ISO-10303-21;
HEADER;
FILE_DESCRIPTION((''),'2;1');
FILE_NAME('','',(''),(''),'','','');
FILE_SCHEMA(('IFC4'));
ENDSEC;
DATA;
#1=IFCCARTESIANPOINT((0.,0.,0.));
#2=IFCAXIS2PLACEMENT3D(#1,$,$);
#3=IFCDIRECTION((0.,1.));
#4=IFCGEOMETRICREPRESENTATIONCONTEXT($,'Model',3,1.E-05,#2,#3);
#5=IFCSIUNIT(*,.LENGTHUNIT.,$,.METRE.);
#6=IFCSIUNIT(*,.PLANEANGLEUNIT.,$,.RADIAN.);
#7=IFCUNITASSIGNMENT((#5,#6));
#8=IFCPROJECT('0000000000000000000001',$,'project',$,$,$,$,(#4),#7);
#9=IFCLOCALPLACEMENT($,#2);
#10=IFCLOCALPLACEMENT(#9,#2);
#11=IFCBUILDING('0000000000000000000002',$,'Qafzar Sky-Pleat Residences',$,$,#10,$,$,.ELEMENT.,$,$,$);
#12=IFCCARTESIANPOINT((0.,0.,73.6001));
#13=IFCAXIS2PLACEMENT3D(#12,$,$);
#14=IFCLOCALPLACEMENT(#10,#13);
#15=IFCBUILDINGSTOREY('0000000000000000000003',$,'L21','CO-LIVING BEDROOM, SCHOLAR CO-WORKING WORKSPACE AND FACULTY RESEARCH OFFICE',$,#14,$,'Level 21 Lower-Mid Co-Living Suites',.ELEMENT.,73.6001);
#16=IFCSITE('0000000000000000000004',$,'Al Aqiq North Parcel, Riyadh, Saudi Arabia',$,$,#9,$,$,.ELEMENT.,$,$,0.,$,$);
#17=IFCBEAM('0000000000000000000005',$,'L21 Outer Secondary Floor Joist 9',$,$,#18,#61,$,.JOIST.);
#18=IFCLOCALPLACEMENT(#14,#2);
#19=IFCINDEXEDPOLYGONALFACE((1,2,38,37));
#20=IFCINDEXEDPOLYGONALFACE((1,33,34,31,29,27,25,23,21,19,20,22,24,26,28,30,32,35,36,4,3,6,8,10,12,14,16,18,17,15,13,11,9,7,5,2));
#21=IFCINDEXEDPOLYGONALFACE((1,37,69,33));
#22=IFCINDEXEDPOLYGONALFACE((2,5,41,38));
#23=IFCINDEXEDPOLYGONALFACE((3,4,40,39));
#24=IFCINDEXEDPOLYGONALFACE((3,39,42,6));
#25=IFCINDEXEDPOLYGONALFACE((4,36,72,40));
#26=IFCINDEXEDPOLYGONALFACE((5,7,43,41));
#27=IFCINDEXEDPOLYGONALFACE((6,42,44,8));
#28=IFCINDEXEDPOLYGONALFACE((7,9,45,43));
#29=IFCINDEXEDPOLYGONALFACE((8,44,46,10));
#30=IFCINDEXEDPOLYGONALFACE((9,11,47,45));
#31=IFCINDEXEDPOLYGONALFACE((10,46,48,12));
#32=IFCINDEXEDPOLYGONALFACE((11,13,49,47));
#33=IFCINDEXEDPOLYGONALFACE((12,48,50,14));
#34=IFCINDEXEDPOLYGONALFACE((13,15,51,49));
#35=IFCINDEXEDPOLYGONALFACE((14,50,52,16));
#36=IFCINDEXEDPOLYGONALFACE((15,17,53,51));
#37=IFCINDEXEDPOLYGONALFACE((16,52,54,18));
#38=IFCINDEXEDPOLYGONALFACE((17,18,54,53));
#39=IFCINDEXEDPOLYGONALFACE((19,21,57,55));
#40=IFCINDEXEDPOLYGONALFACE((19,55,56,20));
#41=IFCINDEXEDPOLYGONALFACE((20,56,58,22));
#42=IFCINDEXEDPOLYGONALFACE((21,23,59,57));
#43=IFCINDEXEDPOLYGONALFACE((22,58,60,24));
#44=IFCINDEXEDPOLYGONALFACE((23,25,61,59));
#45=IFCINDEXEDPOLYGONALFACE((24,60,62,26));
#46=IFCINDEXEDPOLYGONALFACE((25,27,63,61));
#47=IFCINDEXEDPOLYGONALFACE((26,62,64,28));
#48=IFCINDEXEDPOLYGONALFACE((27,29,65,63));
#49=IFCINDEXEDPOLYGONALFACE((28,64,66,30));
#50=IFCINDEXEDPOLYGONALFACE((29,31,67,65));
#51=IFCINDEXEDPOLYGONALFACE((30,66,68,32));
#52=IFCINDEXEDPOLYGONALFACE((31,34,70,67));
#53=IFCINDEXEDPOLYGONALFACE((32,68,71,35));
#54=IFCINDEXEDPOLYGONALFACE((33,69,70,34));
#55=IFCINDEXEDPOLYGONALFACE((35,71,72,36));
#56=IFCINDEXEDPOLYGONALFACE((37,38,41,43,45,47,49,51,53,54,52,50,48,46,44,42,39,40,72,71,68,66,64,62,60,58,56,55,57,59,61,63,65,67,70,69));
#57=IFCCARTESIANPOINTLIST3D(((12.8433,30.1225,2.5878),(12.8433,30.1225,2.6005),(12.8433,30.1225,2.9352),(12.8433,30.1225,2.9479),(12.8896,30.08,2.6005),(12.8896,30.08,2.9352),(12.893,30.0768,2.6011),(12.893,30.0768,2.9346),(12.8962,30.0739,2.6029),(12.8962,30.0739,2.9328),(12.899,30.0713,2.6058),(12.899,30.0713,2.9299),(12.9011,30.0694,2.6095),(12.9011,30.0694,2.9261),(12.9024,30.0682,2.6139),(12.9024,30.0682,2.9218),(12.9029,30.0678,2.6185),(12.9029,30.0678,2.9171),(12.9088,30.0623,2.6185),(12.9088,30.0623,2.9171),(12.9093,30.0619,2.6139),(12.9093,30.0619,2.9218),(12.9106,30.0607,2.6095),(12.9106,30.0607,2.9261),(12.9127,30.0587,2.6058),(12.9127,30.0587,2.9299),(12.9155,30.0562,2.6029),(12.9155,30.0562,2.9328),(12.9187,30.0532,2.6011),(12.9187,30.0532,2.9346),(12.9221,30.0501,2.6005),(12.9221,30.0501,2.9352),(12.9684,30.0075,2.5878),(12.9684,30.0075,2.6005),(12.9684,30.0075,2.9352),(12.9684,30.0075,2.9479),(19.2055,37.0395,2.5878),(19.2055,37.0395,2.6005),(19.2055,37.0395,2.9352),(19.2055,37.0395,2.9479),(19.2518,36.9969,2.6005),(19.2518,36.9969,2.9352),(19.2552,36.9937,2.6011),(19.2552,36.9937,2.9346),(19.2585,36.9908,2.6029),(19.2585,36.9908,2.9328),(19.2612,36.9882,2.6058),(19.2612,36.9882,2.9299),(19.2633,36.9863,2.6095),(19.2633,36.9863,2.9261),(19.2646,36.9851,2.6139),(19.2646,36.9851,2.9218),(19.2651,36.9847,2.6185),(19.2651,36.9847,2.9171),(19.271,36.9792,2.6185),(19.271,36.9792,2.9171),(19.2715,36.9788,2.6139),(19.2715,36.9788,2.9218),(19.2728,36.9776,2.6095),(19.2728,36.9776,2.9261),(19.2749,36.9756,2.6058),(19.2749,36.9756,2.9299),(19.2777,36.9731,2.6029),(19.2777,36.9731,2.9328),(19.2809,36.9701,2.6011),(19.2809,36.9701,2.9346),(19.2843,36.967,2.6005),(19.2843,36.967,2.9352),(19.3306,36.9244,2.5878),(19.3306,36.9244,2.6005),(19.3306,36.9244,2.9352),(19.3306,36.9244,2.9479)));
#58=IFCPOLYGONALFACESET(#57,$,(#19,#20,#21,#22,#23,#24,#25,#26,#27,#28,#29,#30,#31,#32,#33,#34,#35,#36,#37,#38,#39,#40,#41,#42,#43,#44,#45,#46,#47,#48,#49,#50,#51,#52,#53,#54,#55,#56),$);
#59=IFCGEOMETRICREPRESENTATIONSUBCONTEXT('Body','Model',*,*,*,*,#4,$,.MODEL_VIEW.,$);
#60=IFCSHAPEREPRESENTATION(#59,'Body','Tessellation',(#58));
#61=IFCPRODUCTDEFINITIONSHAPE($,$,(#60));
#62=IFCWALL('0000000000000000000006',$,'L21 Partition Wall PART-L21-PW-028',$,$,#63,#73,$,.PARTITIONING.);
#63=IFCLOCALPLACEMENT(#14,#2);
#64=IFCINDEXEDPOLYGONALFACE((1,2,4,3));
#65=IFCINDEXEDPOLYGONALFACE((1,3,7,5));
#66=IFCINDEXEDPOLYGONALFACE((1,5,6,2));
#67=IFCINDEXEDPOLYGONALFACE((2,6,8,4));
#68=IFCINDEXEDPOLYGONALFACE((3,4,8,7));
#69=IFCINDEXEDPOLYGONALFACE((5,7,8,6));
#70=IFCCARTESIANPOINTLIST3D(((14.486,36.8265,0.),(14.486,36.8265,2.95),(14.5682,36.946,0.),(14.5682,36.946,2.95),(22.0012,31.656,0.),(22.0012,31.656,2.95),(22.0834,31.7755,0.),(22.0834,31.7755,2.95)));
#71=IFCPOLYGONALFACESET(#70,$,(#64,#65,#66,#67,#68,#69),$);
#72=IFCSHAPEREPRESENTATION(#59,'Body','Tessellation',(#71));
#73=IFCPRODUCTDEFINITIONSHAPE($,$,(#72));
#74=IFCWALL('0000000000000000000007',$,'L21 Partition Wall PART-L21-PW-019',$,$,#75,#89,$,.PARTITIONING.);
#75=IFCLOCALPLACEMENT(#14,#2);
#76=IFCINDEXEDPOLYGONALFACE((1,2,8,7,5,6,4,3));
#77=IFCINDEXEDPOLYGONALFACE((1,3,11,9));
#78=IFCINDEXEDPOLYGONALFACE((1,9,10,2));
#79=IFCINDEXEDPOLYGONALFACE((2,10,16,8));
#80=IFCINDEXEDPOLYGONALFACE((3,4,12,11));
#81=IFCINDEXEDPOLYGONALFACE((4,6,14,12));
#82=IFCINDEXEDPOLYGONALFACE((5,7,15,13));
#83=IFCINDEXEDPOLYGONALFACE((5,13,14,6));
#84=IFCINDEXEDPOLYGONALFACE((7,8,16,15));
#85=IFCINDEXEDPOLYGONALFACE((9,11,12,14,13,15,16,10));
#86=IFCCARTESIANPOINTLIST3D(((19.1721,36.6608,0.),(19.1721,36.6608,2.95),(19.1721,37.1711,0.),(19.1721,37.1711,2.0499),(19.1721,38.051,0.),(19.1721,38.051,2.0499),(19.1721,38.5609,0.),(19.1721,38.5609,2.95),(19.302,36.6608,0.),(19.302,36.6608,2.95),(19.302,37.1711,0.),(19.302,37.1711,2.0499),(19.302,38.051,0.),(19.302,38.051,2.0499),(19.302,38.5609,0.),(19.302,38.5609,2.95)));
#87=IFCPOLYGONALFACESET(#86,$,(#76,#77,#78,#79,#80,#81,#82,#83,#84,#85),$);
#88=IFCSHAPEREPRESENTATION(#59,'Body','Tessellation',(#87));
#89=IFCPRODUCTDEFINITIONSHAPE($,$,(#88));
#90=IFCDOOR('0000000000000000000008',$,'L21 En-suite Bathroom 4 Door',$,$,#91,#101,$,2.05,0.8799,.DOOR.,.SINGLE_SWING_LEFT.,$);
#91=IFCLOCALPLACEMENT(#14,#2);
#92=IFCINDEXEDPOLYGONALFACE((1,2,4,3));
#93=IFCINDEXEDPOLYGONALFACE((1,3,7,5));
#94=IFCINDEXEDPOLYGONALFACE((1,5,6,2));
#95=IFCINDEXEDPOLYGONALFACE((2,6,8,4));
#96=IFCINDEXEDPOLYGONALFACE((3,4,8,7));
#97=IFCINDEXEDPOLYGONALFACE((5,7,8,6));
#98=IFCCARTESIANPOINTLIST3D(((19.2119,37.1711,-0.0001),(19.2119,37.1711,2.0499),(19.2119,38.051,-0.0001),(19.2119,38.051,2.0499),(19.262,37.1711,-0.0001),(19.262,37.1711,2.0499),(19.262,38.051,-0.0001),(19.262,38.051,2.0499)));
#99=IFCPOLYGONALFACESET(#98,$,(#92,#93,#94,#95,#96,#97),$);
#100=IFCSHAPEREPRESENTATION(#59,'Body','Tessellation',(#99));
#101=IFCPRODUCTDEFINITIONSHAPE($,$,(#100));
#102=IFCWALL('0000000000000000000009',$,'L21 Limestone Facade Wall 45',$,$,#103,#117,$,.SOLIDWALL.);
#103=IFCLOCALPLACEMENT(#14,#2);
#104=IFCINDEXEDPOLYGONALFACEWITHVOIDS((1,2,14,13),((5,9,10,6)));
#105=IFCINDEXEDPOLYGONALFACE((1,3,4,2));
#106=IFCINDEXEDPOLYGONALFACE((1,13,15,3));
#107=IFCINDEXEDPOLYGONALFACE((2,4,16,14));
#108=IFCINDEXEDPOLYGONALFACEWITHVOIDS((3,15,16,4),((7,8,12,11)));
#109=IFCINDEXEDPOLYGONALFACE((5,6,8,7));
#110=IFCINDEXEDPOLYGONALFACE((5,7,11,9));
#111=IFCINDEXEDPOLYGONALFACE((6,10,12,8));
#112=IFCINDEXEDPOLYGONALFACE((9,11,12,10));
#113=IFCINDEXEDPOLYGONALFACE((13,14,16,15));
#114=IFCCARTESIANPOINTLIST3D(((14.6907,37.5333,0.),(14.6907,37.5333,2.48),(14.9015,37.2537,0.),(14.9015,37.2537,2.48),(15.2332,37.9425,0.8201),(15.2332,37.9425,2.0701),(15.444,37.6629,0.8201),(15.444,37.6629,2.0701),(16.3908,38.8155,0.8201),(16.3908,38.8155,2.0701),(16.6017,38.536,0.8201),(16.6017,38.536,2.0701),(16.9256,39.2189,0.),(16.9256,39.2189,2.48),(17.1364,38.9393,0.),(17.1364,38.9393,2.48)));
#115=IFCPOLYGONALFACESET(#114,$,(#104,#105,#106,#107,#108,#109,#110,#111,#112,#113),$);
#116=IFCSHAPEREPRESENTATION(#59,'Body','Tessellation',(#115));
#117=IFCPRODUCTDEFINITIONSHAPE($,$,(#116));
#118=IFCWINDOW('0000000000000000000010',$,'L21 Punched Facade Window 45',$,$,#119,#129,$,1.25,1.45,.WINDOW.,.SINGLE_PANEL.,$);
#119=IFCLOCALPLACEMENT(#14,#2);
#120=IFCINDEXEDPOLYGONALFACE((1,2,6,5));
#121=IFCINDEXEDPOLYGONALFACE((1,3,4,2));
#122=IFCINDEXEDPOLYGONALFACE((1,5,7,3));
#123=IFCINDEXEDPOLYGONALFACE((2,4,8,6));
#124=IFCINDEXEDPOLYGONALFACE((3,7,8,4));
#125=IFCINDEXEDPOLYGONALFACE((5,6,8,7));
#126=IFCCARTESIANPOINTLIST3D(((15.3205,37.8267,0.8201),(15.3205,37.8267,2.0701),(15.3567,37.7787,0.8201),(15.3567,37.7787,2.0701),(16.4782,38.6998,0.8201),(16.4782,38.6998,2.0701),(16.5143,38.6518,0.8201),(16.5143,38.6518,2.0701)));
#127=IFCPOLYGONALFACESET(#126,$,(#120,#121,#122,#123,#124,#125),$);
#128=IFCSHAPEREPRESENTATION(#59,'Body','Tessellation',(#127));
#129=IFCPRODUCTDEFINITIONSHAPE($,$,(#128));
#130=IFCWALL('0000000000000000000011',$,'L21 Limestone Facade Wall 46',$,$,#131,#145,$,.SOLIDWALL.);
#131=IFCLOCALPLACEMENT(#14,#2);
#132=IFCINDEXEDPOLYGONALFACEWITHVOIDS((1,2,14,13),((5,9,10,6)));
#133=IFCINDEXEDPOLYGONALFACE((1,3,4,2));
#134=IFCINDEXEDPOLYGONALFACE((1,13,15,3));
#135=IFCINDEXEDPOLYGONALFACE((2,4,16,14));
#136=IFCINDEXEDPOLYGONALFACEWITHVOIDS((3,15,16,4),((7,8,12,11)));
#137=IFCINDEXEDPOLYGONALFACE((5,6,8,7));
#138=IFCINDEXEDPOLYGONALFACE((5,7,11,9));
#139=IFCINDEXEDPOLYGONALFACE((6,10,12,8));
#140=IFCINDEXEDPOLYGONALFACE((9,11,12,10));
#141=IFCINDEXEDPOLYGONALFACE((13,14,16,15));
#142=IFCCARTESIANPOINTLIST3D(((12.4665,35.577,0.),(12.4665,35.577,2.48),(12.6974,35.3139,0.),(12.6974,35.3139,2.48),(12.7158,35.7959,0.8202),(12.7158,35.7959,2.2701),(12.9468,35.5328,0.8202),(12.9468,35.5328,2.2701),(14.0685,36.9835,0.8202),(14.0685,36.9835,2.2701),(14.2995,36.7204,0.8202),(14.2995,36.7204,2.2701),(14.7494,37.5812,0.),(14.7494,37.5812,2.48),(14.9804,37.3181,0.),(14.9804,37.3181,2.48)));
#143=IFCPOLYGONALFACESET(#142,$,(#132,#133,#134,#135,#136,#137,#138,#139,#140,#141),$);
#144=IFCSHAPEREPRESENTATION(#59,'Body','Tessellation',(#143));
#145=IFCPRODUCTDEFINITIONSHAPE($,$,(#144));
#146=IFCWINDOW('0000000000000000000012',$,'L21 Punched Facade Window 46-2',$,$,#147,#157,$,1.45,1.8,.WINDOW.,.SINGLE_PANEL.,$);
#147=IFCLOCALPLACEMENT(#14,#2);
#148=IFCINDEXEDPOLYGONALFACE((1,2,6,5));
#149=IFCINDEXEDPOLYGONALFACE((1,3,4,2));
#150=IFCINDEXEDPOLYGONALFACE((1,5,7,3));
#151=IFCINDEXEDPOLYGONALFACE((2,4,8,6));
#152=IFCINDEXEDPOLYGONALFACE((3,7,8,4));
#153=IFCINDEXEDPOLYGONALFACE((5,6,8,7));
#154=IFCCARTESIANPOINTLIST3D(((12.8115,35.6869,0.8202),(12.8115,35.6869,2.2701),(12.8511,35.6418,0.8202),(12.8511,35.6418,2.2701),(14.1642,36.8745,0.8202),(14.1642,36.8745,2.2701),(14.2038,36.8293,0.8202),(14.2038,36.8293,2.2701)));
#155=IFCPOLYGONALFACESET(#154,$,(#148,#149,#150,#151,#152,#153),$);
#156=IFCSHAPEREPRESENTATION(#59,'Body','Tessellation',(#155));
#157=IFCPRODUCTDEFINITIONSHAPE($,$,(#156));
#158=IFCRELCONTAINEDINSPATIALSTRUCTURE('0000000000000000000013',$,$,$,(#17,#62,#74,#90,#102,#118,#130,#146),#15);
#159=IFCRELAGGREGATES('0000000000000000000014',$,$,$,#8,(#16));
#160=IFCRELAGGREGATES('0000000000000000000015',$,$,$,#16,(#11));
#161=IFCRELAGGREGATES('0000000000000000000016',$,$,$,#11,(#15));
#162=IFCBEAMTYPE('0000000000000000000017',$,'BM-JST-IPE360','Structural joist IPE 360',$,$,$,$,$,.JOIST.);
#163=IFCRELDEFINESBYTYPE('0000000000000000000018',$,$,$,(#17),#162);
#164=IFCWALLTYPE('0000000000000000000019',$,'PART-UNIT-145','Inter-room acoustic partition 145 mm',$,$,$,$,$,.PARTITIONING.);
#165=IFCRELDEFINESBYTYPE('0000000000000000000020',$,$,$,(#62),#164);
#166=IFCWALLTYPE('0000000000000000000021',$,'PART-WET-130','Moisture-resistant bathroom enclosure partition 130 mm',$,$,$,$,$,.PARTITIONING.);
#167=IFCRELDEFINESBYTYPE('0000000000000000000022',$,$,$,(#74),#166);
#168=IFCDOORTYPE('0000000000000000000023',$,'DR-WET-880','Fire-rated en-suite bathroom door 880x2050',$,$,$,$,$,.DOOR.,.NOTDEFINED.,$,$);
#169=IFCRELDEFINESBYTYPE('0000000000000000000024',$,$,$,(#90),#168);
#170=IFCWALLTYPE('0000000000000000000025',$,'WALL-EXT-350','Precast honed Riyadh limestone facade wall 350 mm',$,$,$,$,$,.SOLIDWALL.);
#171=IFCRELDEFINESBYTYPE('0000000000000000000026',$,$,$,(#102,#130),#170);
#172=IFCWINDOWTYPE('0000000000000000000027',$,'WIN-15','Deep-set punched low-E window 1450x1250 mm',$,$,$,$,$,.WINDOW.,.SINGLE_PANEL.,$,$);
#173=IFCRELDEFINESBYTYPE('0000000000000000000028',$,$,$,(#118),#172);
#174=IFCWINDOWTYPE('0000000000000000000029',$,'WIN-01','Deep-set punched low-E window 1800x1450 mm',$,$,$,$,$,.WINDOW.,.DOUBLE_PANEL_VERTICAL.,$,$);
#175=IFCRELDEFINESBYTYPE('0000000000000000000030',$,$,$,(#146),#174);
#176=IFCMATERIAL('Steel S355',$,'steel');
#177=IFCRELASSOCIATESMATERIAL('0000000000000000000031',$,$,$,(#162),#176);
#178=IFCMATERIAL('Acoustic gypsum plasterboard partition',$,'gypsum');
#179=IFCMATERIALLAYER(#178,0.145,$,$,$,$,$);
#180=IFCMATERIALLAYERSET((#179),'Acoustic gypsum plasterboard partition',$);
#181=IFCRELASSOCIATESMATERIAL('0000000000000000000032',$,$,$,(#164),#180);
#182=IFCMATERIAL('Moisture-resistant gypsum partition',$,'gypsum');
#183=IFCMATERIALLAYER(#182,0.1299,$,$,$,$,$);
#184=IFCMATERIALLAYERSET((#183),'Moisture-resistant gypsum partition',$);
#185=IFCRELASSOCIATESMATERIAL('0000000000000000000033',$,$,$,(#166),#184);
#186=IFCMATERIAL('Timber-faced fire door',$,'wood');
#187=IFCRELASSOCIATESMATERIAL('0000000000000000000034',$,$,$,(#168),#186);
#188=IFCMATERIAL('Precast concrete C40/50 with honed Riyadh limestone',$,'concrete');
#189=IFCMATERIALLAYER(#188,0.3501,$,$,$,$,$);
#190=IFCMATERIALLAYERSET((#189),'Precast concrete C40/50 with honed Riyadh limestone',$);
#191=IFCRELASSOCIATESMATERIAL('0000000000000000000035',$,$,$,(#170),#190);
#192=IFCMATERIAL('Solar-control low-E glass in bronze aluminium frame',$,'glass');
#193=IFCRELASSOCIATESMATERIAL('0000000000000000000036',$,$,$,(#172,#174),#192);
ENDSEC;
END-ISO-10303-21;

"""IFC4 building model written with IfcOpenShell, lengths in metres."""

from ifc_helpers import new_model, si_unit, direction, frame, frame_2d, origin, origin_2d, place, context, subcontext, project, spatial, rectangle, i_section, extrude, source, transform, mapped, material, layer, layer_set, material_profile, profile_set, type_object, element, fill, save


model = new_model("IFC4")

# Units and contexts
model_context = context("Model", 3, precision=1e-05, world=origin(), true_north=direction((0.0, 1.0)))
body_context = subcontext(model_context, "Body", "Model", "MODEL_VIEW")
ifc_project = project(units=[si_unit("LENGTHUNIT", "METRE"), si_unit("PLANEANGLEUNIT", "RADIAN")], contexts=[model_context])

# Site, building, storey
site_placement = place(None, origin())
site = spatial("IfcSite", under=ifc_project, at=site_placement, Name="Al Aqiq North Parcel, Riyadh, Saudi Arabia", CompositionType="ELEMENT", RefElevation=0.0)
building_placement = place(site_placement, origin())
building = spatial("IfcBuilding", under=site, at=building_placement, Name="Qafzar Sky-Pleat Residences", CompositionType="ELEMENT")
storey_placement = place(building_placement, frame((0.0, 0.0, 73.6001)))
storey = spatial("IfcBuildingStorey", under=building, at=storey_placement, Name="L21", Description="CO-LIVING BEDROOM, SCHOLAR CO-WORKING WORKSPACE AND FACULTY RESEARCH OFFICE", LongName="Level 21 Lower-Mid Co-Living Suites", CompositionType="ELEMENT", Elevation=73.6001)

# Beam
ifc_material_1 = material(Name="Steel S355", Category="steel")
ifc_material_profile_1 = material_profile(ifc_material_1, i_section(OverallWidth=0.1699, OverallDepth=0.3601, WebThickness=0.0081, FlangeThickness=0.0127, FilletRadius=0.0181, at=origin_2d()), Name="IPE 360")
ifc_profile_set_1 = profile_set([ifc_material_profile_1], Name="Steel S355")
beam_type_1 = type_object("IfcBeamType", Name="BM-JST-IPE360", Description="Structural joist IPE 360", PredefinedType="JOIST", material=ifc_profile_set_1)
shared_shape_1 = source(origin(), body_context, "Body", "SweptSolid", [
    extrude(i_section(OverallWidth=0.1699, OverallDepth=0.3601, WebThickness=0.0081, FlangeThickness=0.0127, FilletRadius=0.0181, at=origin_2d()), origin(), (0.0, 0.0, 1.0), 9.3979),
])
beam_1_placement = place(storey_placement, frame((19.2681, 36.9819, 2.7678), z_axis=(-0.67698, -0.736001, 0.0), x_axis=(0.736001, -0.67698, 0.0)))
element("IfcBeam", 1, at=beam_1_placement, inside=storey, type_object=beam_type_1, Name="L21 Outer Secondary Floor Joist 9", PredefinedType="JOIST", context=body_context, shape_type="MappedRepresentation", body=[
    mapped(shared_shape_1, transform((0.0, 0.0, 0.0), x_axis=(1.0, 0.0, 0.0), y_axis=(0.0, 1.0, 0.0), z_axis=(0.0, 0.0, 1.0), scale=1.0)),
])

# Wall
ifc_material_2 = material(Name="Acoustic gypsum plasterboard partition", Category="gypsum")
ifc_layer_1 = layer(ifc_material_2, 0.145)
ifc_layer_set_1 = layer_set([ifc_layer_1], Name="Acoustic gypsum plasterboard partition")
wall_type_1 = type_object("IfcWallType", Name="PART-UNIT-145", Description="Inter-room acoustic partition 145 mm", PredefinedType="PARTITIONING", material=ifc_layer_set_1)
wall_1_placement = place(storey_placement, frame((14.5271, 36.8862, 0.0), z_axis=(0.0, 0.0, 1.0), x_axis=(0.82385, -0.566808, 0.0)))
element("IfcWall", 2, at=wall_1_placement, inside=storey, type_object=wall_type_1, Name="L21 Partition Wall PART-L21-PW-028", PredefinedType="PARTITIONING", context=body_context, shape_type="SweptSolid", body=[
    extrude(rectangle(XDim=9.1221, YDim=0.145, at=frame_2d((4.561, 0.0))), origin(), (0.0, 0.0, 1.0), 2.95),
])

# Wall, opening, door
ifc_material_3 = material(Name="Moisture-resistant gypsum partition", Category="gypsum")
ifc_layer_2 = layer(ifc_material_3, 0.1299)
ifc_layer_set_2 = layer_set([ifc_layer_2], Name="Moisture-resistant gypsum partition")
wall_type_2 = type_object("IfcWallType", Name="PART-WET-130", Description="Moisture-resistant bathroom enclosure partition 130 mm", PredefinedType="PARTITIONING", material=ifc_layer_set_2)
wall_2_placement = place(storey_placement, frame((19.2371, 38.561, 0.0), z_axis=(0.0, 0.0, 1.0), x_axis=(0.0, -1.0, 0.0)))
wall_2 = element("IfcWall", 3, at=wall_2_placement, inside=storey, type_object=wall_type_2, Name="L21 Partition Wall PART-L21-PW-019", PredefinedType="PARTITIONING", context=body_context, shape_type="SweptSolid", body=[
    extrude(rectangle(XDim=1.9001, YDim=0.1299, at=frame_2d((0.9502, 0.0))), origin(), (0.0, 0.0, 1.0), 2.95),
])
opening_1_placement = place(wall_2_placement, frame((0.51, 0.0, 0.0)))
opening_1 = element("IfcOpeningElement", 4, at=opening_1_placement, cuts=wall_2, PredefinedType="OPENING", context=body_context, shape_type="SweptSolid", body=[
    extrude(rectangle(XDim=0.8799, YDim=2.05, at=frame_2d((0.4399, 1.0249))), frame((0.0, 0.075, 0.0), z_axis=(0.0, -1.0, 0.0), x_axis=(1.0, 0.0, 0.0)), (0.0, 0.0, 1.0), 0.1499),
])
ifc_material_4 = material(Name="Timber-faced fire door", Category="wood")
door_type = type_object("IfcDoorType", Name="DR-WET-880", Description="Fire-rated en-suite bathroom door 880x2050", OperationType="NOTDEFINED", PredefinedType="DOOR", material=ifc_material_4)
shared_shape_2 = source(origin(), body_context, "Body", "SweptSolid", [
    extrude(rectangle(XDim=0.8799, YDim=2.05, at=frame_2d((0.4399, 1.0249))), frame((0.0, 0.0249, 0.0), z_axis=(0.0, -1.0, 0.0), x_axis=(1.0, 0.0, 0.0)), (0.0, 0.0, 1.0), 0.05),
])
door_placement = place(opening_1_placement, origin())
door = element("IfcDoor", 5, at=door_placement, inside=storey, type_object=door_type, Name="L21 En-suite Bathroom 4 Door", OperationType="SINGLE_SWING_LEFT", OverallHeight=2.05, OverallWidth=0.8799, PredefinedType="DOOR", context=body_context, shape_type="MappedRepresentation", body=[
    mapped(shared_shape_2, transform((0.0, 0.0, 0.0), x_axis=(1.0, 0.0, 0.0), y_axis=(0.0, 1.0, 0.0), z_axis=(0.0, 0.0, 1.0), scale=1.0)),
])
fill(opening_1, door)

# Walls, openings, windows
ifc_material_5 = material(Name="Precast concrete C40/50 with honed Riyadh limestone", Category="concrete")
ifc_layer_3 = layer(ifc_material_5, 0.3501)
ifc_layer_set_3 = layer_set([ifc_layer_3], Name="Precast concrete C40/50 with honed Riyadh limestone")
wall_type_3 = type_object("IfcWallType", Name="WALL-EXT-350", Description="Precast honed Riyadh limestone facade wall 350 mm", PredefinedType="SOLIDWALL", material=ifc_layer_set_3)
wall_3_placement = place(storey_placement, frame((17.031, 39.0791, 0.0), z_axis=(0.0, 0.0, 1.0), x_axis=(-0.798385, -0.602147, 0.0)))
wall_3 = element("IfcWall", 6, at=wall_3_placement, inside=storey, type_object=wall_type_3, Name="L21 Limestone Facade Wall 45", PredefinedType="SOLIDWALL", context=body_context, shape_type="SweptSolid", body=[
    extrude(rectangle(XDim=2.7993, YDim=0.3501, at=frame_2d((1.3997, 0.0))), origin(), (0.0, 0.0, 1.0), 2.48),
])
opening_2_placement = place(wall_3_placement, frame((0.6697, 0.0, 0.8201)))
opening_2 = element("IfcOpeningElement", 7, at=opening_2_placement, cuts=wall_3, PredefinedType="OPENING", context=body_context, shape_type="SweptSolid", body=[
    extrude(rectangle(XDim=1.45, YDim=1.25, at=frame_2d((0.7251, 0.625))), frame((0.0, 0.1851, 0.0), z_axis=(0.0, -1.0, 0.0), x_axis=(1.0, 0.0, 0.0)), (0.0, 0.0, 1.0), 0.3701),
])
ifc_material_6 = material(Name="Solar-control low-E glass in bronze aluminium frame", Category="glass")
window_type_1 = type_object("IfcWindowType", Name="WIN-15", Description="Deep-set punched low-E window 1450x1250 mm", PartitioningType="SINGLE_PANEL", PredefinedType="WINDOW", material=ifc_material_6)
shared_shape_3 = source(origin(), body_context, "Body", "SweptSolid", [
    extrude(rectangle(XDim=1.45, YDim=1.25, at=frame_2d((0.7251, 0.625))), frame((0.0, 0.03, 0.0), z_axis=(0.0, -1.0, 0.0), x_axis=(1.0, 0.0, 0.0)), (0.0, 0.0, 1.0), 0.0601),
])
window_1_placement = place(opening_2_placement, origin())
window_1 = element("IfcWindow", 8, at=window_1_placement, inside=storey, type_object=window_type_1, Name="L21 Punched Facade Window 45", OverallHeight=1.25, OverallWidth=1.45, PartitioningType="SINGLE_PANEL", PredefinedType="WINDOW", context=body_context, shape_type="MappedRepresentation", body=[
    mapped(shared_shape_3, transform((0.0, 0.0, 0.0), x_axis=(1.0, 0.0, 0.0), y_axis=(0.0, 1.0, 0.0), z_axis=(0.0, 0.0, 1.0), scale=1.0)),
])
fill(opening_2, window_1)
wall_4_placement = place(storey_placement, frame((14.865, 37.4497, 0.0), z_axis=(0.0, 0.0, 1.0), x_axis=(-0.751505, -0.659727, 0.0)))
wall_4 = element("IfcWall", 9, at=wall_4_placement, inside=storey, type_object=wall_type_3, Name="L21 Limestone Facade Wall 46", PredefinedType="SOLIDWALL", context=body_context, shape_type="SweptSolid", body=[
    extrude(rectangle(XDim=3.0378, YDim=0.3501, at=frame_2d((1.519, 0.0))), origin(), (0.0, 0.0, 1.0), 2.48),
])
opening_3_placement = place(wall_4_placement, frame((0.9062, 0.0, 0.8201)))
opening_3 = element("IfcOpeningElement", 10, at=opening_3_placement, cuts=wall_4, PredefinedType="OPENING", context=body_context, shape_type="SweptSolid", body=[
    extrude(rectangle(XDim=1.8, YDim=1.45, at=frame_2d((0.8999, 0.7251))), frame((0.0, 0.1851, 0.0), z_axis=(0.0, -1.0, 0.0), x_axis=(1.0, 0.0, 0.0)), (0.0, 0.0, 1.0), 0.3701),
])
window_type_2 = type_object("IfcWindowType", Name="WIN-01", Description="Deep-set punched low-E window 1800x1450 mm", PartitioningType="DOUBLE_PANEL_VERTICAL", PredefinedType="WINDOW", material=ifc_material_6)
shared_shape_4 = source(origin(), body_context, "Body", "SweptSolid", [
    extrude(rectangle(XDim=1.8, YDim=1.45, at=frame_2d((0.8999, 0.7251))), frame((0.0, 0.03, 0.0), z_axis=(0.0, -1.0, 0.0), x_axis=(1.0, 0.0, 0.0)), (0.0, 0.0, 1.0), 0.0601),
])
window_2_placement = place(opening_3_placement, origin())
window_2 = element("IfcWindow", 11, at=window_2_placement, inside=storey, type_object=window_type_2, Name="L21 Punched Facade Window 46-2", OverallHeight=1.45, OverallWidth=1.8, PartitioningType="SINGLE_PANEL", PredefinedType="WINDOW", context=body_context, shape_type="MappedRepresentation", body=[
    mapped(shared_shape_4, transform((0.0, 0.0, 0.0), x_axis=(1.0, 0.0, 0.0), y_axis=(0.0, 1.0, 0.0), z_axis=(0.0, 0.0, 1.0), scale=1.0)),
])
fill(opening_3, window_2)

save(model, "model.ifc")
